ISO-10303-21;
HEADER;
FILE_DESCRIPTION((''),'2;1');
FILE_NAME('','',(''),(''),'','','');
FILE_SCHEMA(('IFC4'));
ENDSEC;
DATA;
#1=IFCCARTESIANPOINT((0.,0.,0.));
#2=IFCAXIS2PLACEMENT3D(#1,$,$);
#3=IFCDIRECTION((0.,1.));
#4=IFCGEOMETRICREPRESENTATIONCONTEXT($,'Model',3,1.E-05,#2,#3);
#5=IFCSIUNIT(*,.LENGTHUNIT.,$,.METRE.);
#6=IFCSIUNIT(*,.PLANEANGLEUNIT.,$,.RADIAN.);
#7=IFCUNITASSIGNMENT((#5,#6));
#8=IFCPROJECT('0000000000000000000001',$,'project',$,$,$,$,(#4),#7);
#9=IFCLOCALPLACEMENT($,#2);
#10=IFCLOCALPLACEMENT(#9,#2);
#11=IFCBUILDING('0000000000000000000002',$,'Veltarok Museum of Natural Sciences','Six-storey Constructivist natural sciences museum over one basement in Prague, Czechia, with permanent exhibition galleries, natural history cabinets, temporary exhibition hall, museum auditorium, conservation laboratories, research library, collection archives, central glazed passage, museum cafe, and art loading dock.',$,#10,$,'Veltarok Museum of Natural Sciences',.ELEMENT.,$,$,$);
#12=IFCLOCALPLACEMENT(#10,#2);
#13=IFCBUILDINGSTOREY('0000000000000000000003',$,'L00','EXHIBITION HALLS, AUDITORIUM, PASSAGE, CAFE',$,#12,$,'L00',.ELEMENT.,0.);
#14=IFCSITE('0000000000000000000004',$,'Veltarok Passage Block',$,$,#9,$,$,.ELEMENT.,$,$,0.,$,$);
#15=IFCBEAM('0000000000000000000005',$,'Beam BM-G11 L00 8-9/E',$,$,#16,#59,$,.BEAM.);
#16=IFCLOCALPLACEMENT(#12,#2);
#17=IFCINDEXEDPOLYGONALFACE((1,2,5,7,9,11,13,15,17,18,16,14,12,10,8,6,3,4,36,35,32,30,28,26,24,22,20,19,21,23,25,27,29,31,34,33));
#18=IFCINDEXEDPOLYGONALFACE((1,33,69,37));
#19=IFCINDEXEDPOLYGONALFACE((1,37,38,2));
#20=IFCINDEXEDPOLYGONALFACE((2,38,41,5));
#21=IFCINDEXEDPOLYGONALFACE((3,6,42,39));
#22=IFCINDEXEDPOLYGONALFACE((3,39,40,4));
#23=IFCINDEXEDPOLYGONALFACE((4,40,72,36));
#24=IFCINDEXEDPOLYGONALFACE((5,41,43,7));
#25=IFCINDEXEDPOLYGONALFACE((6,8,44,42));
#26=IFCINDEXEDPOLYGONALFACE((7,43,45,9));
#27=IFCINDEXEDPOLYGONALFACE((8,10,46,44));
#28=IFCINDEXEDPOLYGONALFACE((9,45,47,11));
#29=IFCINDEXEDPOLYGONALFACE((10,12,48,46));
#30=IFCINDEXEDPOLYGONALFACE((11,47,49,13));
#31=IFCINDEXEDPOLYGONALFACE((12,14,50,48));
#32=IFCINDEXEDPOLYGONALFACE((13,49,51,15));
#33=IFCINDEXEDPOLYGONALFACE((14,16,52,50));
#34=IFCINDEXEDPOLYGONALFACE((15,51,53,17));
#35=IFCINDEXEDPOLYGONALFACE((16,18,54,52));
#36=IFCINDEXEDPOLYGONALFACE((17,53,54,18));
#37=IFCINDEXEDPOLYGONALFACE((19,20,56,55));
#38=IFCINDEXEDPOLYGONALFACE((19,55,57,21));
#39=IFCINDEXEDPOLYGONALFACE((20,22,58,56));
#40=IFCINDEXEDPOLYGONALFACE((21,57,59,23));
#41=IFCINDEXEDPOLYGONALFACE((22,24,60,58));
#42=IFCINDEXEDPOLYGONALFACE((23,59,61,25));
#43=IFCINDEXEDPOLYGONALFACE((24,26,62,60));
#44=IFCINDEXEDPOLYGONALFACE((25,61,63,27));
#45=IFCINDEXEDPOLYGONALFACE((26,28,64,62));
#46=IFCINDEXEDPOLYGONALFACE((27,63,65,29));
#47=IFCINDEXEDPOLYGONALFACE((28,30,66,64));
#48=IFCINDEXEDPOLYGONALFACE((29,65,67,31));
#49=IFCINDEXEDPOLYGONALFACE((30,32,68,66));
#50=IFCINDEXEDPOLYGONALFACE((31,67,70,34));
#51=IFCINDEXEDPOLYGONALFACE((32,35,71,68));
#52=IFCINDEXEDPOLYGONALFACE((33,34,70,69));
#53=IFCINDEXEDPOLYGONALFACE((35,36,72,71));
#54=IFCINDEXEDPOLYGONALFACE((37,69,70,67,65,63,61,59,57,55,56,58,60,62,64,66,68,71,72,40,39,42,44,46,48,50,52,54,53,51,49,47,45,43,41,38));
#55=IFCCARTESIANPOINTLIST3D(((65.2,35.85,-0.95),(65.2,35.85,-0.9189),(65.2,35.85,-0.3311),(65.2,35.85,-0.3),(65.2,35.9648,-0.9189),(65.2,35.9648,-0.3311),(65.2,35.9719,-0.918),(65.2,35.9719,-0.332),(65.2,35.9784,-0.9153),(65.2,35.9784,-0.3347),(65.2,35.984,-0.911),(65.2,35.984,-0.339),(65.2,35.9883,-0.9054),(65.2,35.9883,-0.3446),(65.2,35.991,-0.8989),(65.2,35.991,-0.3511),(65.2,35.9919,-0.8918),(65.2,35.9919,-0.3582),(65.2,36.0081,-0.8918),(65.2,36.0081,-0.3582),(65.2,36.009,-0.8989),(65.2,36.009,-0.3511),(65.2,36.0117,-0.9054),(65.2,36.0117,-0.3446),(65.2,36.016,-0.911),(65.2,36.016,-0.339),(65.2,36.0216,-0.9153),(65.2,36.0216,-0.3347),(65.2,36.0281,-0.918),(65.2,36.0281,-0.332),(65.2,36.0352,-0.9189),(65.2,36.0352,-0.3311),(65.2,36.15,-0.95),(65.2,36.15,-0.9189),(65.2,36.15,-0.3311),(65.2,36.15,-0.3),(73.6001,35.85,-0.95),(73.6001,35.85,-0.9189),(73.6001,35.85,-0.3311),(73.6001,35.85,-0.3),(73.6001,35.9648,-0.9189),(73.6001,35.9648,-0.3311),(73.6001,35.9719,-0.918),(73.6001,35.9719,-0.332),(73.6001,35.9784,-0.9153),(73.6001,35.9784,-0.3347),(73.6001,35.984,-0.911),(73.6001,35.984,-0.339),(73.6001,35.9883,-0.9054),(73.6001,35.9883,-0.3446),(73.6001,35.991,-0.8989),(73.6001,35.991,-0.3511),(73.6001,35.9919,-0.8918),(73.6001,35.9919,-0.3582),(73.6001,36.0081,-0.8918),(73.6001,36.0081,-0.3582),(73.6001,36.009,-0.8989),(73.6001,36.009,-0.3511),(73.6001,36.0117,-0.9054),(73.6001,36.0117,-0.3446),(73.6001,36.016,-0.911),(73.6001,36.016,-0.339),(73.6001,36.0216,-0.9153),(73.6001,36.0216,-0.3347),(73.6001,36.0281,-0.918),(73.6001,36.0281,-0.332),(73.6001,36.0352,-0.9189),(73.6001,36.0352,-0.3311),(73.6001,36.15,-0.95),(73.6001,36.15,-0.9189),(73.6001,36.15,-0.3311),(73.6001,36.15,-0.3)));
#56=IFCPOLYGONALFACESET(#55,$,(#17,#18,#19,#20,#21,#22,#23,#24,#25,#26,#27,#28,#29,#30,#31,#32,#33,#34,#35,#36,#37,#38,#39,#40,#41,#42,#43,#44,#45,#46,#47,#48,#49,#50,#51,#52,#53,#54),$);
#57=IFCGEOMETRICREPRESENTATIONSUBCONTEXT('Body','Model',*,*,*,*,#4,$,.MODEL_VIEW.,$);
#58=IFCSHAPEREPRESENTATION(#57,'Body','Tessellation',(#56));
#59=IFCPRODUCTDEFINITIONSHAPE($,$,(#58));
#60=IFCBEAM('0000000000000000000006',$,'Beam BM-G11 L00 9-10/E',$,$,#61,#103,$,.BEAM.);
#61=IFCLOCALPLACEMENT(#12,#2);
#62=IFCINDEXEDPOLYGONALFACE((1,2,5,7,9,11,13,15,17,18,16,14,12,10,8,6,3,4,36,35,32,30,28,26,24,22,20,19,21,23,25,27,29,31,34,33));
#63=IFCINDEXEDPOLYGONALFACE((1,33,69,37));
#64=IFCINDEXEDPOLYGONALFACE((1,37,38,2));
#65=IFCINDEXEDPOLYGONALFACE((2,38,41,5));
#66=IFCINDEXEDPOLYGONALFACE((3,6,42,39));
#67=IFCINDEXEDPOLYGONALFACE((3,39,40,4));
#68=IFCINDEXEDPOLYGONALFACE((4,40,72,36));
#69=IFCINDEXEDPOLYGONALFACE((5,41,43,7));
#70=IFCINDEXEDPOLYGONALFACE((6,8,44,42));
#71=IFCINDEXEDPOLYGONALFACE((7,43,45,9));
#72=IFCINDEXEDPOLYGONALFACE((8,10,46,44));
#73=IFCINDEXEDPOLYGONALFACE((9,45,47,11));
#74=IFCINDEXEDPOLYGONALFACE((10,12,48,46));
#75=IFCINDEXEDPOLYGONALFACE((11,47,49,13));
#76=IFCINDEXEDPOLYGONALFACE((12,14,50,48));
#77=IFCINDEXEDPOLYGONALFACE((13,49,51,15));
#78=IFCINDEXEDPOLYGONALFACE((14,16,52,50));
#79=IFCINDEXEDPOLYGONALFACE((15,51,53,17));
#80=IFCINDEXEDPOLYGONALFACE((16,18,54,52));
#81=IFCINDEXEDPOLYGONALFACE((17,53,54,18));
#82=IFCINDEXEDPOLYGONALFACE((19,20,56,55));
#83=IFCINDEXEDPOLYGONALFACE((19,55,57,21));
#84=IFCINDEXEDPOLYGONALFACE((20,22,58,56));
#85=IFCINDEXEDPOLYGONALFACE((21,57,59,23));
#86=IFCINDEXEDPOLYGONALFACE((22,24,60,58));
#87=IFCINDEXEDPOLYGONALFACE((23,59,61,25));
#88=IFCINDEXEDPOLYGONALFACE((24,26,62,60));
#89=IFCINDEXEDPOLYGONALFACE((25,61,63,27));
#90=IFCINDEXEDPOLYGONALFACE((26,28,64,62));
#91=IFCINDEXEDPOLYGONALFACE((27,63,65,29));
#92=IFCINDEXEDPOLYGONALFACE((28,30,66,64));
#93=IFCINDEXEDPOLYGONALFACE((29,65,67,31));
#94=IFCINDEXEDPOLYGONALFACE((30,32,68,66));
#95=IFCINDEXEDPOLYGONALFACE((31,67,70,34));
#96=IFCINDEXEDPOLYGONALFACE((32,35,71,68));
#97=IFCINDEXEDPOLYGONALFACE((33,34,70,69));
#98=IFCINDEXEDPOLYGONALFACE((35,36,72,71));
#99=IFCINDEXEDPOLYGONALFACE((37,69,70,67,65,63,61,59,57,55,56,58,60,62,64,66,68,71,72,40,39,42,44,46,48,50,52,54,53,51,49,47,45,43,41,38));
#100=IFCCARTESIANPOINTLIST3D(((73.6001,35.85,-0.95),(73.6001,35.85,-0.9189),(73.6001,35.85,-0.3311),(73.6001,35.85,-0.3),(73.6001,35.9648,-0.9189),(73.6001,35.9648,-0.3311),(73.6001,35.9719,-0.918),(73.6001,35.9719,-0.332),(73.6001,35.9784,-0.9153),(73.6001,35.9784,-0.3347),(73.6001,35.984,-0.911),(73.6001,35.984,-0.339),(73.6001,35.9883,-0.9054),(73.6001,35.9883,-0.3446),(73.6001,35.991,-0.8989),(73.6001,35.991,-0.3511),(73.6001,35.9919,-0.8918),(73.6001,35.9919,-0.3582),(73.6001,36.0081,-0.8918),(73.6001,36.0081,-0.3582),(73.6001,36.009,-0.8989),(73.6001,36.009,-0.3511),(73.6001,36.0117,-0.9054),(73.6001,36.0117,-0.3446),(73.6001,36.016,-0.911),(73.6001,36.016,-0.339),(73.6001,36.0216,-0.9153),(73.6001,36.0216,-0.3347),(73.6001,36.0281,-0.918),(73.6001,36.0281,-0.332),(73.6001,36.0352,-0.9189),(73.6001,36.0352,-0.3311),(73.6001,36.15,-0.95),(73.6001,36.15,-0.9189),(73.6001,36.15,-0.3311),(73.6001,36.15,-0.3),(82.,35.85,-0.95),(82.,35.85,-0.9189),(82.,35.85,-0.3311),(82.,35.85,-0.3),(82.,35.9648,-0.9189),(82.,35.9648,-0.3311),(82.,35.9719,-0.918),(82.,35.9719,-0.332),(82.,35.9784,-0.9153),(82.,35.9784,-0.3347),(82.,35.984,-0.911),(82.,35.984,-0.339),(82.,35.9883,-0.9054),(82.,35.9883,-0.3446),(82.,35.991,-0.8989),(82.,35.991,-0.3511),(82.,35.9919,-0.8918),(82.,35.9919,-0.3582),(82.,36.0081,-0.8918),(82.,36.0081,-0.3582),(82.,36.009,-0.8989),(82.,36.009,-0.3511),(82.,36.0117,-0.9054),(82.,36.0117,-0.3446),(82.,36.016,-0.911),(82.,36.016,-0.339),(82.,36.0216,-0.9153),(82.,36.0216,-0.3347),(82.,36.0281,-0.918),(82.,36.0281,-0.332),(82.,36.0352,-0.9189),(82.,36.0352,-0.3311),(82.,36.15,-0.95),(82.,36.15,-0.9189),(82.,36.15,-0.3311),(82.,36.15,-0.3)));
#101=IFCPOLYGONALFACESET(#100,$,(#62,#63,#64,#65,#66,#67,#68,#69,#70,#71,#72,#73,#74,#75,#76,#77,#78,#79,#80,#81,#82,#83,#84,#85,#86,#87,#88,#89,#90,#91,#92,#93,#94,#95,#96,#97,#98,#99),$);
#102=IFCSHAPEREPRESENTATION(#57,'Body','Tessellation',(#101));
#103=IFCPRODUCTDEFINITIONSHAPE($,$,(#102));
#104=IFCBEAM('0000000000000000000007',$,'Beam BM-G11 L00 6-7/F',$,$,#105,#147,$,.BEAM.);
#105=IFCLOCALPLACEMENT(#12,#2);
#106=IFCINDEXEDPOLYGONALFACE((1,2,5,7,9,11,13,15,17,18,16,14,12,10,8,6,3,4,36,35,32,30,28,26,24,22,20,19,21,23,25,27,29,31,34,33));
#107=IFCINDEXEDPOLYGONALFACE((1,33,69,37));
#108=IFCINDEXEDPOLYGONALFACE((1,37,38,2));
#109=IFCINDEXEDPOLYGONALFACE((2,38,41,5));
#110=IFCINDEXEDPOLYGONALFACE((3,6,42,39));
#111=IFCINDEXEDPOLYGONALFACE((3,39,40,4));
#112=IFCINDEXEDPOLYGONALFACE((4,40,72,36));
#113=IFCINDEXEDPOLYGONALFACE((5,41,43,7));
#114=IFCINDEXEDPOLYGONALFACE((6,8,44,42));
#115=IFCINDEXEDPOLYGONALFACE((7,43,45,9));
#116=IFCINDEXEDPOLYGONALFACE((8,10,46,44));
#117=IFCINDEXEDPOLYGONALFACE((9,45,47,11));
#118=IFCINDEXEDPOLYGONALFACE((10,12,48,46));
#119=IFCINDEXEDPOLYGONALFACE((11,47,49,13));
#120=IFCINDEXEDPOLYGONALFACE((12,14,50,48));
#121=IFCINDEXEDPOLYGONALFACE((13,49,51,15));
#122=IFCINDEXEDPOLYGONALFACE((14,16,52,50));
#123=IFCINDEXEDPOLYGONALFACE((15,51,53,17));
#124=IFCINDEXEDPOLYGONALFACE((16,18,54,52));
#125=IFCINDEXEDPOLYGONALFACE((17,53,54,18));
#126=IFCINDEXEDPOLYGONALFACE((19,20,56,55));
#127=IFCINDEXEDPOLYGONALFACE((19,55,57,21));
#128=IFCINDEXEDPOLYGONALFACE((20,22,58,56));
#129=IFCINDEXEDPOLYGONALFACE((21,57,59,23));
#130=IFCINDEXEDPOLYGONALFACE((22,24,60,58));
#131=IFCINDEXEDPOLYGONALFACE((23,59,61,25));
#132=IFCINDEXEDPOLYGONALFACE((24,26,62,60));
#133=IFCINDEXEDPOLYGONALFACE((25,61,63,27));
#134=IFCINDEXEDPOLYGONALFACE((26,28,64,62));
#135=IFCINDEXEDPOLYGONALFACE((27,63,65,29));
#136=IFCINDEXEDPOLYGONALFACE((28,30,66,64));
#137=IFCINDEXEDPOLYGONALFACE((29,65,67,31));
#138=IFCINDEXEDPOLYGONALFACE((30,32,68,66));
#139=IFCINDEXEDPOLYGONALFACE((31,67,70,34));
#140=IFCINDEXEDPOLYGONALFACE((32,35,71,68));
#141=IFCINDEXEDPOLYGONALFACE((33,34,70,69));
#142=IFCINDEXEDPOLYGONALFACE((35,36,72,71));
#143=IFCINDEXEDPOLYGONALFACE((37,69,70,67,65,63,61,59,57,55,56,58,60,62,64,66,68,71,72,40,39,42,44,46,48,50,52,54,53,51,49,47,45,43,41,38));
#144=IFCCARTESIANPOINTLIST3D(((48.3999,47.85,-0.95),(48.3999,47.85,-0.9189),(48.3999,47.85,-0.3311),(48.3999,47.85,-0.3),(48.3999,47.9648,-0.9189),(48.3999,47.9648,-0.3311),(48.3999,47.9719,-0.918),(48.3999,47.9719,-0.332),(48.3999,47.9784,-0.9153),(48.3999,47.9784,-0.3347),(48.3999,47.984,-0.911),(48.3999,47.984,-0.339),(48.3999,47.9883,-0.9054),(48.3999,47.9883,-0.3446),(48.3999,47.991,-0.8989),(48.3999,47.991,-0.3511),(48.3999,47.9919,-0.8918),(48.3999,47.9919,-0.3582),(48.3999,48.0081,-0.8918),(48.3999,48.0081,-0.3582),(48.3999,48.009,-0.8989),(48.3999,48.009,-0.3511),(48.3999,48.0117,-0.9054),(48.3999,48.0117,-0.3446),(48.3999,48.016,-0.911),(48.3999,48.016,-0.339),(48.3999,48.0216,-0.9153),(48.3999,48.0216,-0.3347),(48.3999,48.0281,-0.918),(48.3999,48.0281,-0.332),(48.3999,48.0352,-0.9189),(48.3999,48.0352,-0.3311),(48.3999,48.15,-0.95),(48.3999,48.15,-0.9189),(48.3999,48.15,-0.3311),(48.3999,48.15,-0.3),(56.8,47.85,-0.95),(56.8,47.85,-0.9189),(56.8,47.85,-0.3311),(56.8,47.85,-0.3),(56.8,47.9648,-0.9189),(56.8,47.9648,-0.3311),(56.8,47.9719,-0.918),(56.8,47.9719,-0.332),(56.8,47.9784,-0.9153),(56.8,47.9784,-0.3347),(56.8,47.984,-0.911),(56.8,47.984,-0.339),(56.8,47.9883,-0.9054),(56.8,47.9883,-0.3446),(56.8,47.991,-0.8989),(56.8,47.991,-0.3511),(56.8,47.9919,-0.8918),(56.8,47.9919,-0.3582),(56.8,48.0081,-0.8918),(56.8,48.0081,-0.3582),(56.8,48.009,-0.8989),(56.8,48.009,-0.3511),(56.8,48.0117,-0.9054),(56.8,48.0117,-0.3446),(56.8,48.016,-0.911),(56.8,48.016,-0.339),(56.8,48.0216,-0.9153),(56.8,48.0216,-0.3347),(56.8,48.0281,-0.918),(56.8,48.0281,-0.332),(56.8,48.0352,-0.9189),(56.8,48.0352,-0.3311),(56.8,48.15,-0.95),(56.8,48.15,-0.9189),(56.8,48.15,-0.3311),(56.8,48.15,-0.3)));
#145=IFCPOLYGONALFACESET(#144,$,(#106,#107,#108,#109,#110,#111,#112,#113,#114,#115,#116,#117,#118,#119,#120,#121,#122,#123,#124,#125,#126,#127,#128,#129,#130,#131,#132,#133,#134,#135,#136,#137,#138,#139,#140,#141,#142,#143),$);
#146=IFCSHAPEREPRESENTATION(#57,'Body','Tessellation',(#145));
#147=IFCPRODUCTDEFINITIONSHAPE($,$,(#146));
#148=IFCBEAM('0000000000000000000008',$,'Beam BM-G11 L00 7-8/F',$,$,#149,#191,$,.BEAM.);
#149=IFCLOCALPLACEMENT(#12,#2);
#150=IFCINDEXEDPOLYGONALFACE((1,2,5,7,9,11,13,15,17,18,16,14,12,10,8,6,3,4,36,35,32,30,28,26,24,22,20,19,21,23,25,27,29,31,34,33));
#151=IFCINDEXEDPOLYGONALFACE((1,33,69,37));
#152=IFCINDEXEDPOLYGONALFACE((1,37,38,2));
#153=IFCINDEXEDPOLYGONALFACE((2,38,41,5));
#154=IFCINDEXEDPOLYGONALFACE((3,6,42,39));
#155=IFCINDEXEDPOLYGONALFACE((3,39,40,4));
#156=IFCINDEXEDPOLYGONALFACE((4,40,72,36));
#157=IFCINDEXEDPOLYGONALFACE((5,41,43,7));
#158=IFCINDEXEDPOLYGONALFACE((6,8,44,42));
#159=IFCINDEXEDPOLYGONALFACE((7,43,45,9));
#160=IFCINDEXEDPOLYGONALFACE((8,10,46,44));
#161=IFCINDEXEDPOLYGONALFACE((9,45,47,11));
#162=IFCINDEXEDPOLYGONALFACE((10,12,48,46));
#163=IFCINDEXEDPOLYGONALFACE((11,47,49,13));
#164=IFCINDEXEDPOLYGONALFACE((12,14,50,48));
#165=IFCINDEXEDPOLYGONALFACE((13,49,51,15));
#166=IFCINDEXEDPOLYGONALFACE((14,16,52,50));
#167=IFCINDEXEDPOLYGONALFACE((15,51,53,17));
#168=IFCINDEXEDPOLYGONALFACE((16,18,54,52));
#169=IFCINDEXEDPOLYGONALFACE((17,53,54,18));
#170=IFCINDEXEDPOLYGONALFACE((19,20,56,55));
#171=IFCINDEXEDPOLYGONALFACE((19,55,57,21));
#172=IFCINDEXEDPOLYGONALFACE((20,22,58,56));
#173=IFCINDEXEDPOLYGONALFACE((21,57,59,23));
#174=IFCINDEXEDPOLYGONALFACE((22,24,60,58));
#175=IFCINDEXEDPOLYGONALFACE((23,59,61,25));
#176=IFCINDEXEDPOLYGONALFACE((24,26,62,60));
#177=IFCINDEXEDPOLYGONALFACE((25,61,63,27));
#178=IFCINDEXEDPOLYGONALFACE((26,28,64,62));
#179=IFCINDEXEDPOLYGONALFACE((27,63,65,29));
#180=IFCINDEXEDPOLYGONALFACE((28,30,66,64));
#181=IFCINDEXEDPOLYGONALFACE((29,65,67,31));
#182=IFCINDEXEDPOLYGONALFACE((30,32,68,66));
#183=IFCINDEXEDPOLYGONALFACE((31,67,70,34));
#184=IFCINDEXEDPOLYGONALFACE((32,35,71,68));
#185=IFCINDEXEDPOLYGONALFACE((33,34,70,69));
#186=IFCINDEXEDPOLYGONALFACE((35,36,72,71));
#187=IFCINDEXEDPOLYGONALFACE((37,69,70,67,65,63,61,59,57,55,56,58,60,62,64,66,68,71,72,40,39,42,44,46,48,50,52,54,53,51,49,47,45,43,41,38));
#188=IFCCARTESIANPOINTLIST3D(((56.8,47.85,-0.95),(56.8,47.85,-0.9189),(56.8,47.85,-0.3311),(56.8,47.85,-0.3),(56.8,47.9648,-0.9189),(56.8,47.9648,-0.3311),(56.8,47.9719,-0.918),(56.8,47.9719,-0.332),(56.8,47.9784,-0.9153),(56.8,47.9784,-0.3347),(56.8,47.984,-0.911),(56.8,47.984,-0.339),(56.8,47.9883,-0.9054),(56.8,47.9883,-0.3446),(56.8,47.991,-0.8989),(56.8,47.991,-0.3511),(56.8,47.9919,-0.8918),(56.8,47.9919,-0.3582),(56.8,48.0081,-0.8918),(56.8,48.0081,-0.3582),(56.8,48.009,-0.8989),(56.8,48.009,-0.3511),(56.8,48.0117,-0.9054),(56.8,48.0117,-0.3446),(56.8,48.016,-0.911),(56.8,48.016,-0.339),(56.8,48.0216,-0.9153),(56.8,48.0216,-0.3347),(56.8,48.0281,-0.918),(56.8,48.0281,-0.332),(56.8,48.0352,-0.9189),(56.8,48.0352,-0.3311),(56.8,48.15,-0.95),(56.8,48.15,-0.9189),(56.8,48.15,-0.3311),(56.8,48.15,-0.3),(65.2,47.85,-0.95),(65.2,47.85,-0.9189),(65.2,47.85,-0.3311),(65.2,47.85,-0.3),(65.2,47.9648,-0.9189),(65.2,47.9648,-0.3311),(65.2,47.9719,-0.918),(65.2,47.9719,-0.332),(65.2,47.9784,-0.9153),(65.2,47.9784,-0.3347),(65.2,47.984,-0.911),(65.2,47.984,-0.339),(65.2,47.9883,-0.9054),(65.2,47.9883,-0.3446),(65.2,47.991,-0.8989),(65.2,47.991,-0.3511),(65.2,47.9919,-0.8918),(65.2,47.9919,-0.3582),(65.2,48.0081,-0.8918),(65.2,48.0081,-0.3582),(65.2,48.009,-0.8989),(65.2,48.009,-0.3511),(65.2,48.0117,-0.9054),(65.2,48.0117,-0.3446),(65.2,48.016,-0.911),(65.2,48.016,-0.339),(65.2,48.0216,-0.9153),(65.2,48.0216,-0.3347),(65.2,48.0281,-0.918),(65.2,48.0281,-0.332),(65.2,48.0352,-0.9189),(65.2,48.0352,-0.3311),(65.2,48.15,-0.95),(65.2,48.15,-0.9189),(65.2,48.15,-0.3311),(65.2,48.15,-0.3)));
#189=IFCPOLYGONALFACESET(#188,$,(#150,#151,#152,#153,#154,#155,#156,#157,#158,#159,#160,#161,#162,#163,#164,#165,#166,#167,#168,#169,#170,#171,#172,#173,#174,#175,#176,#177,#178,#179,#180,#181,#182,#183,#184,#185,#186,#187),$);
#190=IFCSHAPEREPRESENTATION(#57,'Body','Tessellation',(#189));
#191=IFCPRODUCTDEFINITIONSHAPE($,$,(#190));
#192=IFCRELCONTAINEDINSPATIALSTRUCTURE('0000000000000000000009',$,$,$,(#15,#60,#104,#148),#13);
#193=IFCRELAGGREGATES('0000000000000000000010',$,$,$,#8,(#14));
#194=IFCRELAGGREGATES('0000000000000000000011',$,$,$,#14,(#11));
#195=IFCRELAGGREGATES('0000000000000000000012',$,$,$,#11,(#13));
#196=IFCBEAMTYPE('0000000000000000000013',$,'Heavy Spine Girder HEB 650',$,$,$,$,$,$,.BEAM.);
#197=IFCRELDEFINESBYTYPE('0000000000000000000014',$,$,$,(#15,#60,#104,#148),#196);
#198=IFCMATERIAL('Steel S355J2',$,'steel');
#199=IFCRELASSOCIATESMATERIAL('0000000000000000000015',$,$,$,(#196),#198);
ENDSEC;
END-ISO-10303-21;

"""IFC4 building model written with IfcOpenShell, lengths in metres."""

from ifc_helpers import new_model, si_unit, direction, frame, origin, origin_2d, place, context, subcontext, project, spatial, i_section, extrude, material, material_profile, profile_set, type_object, element, save


model = new_model("IFC4")

# Units and contexts
model_context = context("Model", 3, precision=1e-05, world=origin(), true_north=direction((0.0, 1.0)))
body_context = subcontext(model_context, "Body", "Model", "MODEL_VIEW")
ifc_project = project(units=[si_unit("LENGTHUNIT", "METRE"), si_unit("PLANEANGLEUNIT", "RADIAN")], contexts=[model_context])

# Site, building, storey
site_placement = place(None, origin())
site = spatial("IfcSite", under=ifc_project, at=site_placement, Name="Veltarok Passage Block", CompositionType="ELEMENT", RefElevation=0.0)
building_placement = place(site_placement, origin())
building = spatial("IfcBuilding", under=site, at=building_placement, Name="Veltarok Museum of Natural Sciences", Description="Six-storey Constructivist natural sciences museum over one basement in Prague, Czechia, with permanent exhibition galleries, natural history cabinets, temporary exhibition hall, museum auditorium, conservation laboratories, research library, collection archives, central glazed passage, museum cafe, and art loading dock.", LongName="Veltarok Museum of Natural Sciences", CompositionType="ELEMENT")
storey_placement = place(building_placement, origin())
storey = spatial("IfcBuildingStorey", under=building, at=storey_placement, Name="L00", Description="EXHIBITION HALLS, AUDITORIUM, PASSAGE, CAFE", LongName="L00", CompositionType="ELEMENT", Elevation=0.0)

# Shared definitions
ifc_material_1 = material(Name="Steel S355J2", Category="steel")

# Beams
ifc_material_profile_1 = material_profile(ifc_material_1, i_section(OverallWidth=0.3, OverallDepth=0.6499, WebThickness=0.0161, FlangeThickness=0.031, FilletRadius=0.0271, at=origin_2d()), Name="HEB 650")
ifc_profile_set_1 = profile_set([ifc_material_profile_1], Name="Steel S355J2")
beam_type_1 = type_object("IfcBeamType", Name="Heavy Spine Girder HEB 650", PredefinedType="BEAM", material=ifc_profile_set_1)
beam_1_placement = place(storey_placement, frame((65.2, 36.0, -0.625), z_axis=(1.0, 0.0, 0.0), x_axis=(0.0, 1.0, 0.0)))
element("IfcBeam", 1, at=beam_1_placement, inside=storey, type_object=beam_type_1, Name="Beam BM-G11 L00 8-9/E", PredefinedType="BEAM", context=body_context, shape_type="SweptSolid", body=[
    extrude(i_section(OverallWidth=0.3, OverallDepth=0.6499, WebThickness=0.0161, FlangeThickness=0.031, FilletRadius=0.0271, at=origin_2d()), origin(), (0.0, 0.0, 1.0), 8.4001),
])
beam_2_placement = place(storey_placement, frame((73.6001, 36.0, -0.625), z_axis=(1.0, 0.0, 0.0), x_axis=(0.0, 1.0, 0.0)))
element("IfcBeam", 2, at=beam_2_placement, inside=storey, type_object=beam_type_1, Name="Beam BM-G11 L00 9-10/E", PredefinedType="BEAM", context=body_context, shape_type="SweptSolid", body=[
    extrude(i_section(OverallWidth=0.3, OverallDepth=0.6499, WebThickness=0.0161, FlangeThickness=0.031, FilletRadius=0.0271, at=origin_2d()), origin(), (0.0, 0.0, 1.0), 8.3999),
])
beam_3_placement = place(storey_placement, frame((48.3999, 48.0, -0.625), z_axis=(1.0, 0.0, 0.0), x_axis=(0.0, 1.0, 0.0)))
element("IfcBeam", 3, at=beam_3_placement, inside=storey, type_object=beam_type_1, Name="Beam BM-G11 L00 6-7/F", PredefinedType="BEAM", context=body_context, shape_type="SweptSolid", body=[
    extrude(i_section(OverallWidth=0.3, OverallDepth=0.6499, WebThickness=0.0161, FlangeThickness=0.031, FilletRadius=0.0271, at=origin_2d()), origin(), (0.0, 0.0, 1.0), 8.4001),
])
beam_4_placement = place(storey_placement, frame((56.8, 48.0, -0.625), z_axis=(1.0, 0.0, 0.0), x_axis=(0.0, 1.0, 0.0)))
element("IfcBeam", 4, at=beam_4_placement, inside=storey, type_object=beam_type_1, Name="Beam BM-G11 L00 7-8/F", PredefinedType="BEAM", context=body_context, shape_type="SweptSolid", body=[
    extrude(i_section(OverallWidth=0.3, OverallDepth=0.6499, WebThickness=0.0161, FlangeThickness=0.031, FilletRadius=0.0271, at=origin_2d()), origin(), (0.0, 0.0, 1.0), 8.3999),
])

save(model, "model.ifc")
